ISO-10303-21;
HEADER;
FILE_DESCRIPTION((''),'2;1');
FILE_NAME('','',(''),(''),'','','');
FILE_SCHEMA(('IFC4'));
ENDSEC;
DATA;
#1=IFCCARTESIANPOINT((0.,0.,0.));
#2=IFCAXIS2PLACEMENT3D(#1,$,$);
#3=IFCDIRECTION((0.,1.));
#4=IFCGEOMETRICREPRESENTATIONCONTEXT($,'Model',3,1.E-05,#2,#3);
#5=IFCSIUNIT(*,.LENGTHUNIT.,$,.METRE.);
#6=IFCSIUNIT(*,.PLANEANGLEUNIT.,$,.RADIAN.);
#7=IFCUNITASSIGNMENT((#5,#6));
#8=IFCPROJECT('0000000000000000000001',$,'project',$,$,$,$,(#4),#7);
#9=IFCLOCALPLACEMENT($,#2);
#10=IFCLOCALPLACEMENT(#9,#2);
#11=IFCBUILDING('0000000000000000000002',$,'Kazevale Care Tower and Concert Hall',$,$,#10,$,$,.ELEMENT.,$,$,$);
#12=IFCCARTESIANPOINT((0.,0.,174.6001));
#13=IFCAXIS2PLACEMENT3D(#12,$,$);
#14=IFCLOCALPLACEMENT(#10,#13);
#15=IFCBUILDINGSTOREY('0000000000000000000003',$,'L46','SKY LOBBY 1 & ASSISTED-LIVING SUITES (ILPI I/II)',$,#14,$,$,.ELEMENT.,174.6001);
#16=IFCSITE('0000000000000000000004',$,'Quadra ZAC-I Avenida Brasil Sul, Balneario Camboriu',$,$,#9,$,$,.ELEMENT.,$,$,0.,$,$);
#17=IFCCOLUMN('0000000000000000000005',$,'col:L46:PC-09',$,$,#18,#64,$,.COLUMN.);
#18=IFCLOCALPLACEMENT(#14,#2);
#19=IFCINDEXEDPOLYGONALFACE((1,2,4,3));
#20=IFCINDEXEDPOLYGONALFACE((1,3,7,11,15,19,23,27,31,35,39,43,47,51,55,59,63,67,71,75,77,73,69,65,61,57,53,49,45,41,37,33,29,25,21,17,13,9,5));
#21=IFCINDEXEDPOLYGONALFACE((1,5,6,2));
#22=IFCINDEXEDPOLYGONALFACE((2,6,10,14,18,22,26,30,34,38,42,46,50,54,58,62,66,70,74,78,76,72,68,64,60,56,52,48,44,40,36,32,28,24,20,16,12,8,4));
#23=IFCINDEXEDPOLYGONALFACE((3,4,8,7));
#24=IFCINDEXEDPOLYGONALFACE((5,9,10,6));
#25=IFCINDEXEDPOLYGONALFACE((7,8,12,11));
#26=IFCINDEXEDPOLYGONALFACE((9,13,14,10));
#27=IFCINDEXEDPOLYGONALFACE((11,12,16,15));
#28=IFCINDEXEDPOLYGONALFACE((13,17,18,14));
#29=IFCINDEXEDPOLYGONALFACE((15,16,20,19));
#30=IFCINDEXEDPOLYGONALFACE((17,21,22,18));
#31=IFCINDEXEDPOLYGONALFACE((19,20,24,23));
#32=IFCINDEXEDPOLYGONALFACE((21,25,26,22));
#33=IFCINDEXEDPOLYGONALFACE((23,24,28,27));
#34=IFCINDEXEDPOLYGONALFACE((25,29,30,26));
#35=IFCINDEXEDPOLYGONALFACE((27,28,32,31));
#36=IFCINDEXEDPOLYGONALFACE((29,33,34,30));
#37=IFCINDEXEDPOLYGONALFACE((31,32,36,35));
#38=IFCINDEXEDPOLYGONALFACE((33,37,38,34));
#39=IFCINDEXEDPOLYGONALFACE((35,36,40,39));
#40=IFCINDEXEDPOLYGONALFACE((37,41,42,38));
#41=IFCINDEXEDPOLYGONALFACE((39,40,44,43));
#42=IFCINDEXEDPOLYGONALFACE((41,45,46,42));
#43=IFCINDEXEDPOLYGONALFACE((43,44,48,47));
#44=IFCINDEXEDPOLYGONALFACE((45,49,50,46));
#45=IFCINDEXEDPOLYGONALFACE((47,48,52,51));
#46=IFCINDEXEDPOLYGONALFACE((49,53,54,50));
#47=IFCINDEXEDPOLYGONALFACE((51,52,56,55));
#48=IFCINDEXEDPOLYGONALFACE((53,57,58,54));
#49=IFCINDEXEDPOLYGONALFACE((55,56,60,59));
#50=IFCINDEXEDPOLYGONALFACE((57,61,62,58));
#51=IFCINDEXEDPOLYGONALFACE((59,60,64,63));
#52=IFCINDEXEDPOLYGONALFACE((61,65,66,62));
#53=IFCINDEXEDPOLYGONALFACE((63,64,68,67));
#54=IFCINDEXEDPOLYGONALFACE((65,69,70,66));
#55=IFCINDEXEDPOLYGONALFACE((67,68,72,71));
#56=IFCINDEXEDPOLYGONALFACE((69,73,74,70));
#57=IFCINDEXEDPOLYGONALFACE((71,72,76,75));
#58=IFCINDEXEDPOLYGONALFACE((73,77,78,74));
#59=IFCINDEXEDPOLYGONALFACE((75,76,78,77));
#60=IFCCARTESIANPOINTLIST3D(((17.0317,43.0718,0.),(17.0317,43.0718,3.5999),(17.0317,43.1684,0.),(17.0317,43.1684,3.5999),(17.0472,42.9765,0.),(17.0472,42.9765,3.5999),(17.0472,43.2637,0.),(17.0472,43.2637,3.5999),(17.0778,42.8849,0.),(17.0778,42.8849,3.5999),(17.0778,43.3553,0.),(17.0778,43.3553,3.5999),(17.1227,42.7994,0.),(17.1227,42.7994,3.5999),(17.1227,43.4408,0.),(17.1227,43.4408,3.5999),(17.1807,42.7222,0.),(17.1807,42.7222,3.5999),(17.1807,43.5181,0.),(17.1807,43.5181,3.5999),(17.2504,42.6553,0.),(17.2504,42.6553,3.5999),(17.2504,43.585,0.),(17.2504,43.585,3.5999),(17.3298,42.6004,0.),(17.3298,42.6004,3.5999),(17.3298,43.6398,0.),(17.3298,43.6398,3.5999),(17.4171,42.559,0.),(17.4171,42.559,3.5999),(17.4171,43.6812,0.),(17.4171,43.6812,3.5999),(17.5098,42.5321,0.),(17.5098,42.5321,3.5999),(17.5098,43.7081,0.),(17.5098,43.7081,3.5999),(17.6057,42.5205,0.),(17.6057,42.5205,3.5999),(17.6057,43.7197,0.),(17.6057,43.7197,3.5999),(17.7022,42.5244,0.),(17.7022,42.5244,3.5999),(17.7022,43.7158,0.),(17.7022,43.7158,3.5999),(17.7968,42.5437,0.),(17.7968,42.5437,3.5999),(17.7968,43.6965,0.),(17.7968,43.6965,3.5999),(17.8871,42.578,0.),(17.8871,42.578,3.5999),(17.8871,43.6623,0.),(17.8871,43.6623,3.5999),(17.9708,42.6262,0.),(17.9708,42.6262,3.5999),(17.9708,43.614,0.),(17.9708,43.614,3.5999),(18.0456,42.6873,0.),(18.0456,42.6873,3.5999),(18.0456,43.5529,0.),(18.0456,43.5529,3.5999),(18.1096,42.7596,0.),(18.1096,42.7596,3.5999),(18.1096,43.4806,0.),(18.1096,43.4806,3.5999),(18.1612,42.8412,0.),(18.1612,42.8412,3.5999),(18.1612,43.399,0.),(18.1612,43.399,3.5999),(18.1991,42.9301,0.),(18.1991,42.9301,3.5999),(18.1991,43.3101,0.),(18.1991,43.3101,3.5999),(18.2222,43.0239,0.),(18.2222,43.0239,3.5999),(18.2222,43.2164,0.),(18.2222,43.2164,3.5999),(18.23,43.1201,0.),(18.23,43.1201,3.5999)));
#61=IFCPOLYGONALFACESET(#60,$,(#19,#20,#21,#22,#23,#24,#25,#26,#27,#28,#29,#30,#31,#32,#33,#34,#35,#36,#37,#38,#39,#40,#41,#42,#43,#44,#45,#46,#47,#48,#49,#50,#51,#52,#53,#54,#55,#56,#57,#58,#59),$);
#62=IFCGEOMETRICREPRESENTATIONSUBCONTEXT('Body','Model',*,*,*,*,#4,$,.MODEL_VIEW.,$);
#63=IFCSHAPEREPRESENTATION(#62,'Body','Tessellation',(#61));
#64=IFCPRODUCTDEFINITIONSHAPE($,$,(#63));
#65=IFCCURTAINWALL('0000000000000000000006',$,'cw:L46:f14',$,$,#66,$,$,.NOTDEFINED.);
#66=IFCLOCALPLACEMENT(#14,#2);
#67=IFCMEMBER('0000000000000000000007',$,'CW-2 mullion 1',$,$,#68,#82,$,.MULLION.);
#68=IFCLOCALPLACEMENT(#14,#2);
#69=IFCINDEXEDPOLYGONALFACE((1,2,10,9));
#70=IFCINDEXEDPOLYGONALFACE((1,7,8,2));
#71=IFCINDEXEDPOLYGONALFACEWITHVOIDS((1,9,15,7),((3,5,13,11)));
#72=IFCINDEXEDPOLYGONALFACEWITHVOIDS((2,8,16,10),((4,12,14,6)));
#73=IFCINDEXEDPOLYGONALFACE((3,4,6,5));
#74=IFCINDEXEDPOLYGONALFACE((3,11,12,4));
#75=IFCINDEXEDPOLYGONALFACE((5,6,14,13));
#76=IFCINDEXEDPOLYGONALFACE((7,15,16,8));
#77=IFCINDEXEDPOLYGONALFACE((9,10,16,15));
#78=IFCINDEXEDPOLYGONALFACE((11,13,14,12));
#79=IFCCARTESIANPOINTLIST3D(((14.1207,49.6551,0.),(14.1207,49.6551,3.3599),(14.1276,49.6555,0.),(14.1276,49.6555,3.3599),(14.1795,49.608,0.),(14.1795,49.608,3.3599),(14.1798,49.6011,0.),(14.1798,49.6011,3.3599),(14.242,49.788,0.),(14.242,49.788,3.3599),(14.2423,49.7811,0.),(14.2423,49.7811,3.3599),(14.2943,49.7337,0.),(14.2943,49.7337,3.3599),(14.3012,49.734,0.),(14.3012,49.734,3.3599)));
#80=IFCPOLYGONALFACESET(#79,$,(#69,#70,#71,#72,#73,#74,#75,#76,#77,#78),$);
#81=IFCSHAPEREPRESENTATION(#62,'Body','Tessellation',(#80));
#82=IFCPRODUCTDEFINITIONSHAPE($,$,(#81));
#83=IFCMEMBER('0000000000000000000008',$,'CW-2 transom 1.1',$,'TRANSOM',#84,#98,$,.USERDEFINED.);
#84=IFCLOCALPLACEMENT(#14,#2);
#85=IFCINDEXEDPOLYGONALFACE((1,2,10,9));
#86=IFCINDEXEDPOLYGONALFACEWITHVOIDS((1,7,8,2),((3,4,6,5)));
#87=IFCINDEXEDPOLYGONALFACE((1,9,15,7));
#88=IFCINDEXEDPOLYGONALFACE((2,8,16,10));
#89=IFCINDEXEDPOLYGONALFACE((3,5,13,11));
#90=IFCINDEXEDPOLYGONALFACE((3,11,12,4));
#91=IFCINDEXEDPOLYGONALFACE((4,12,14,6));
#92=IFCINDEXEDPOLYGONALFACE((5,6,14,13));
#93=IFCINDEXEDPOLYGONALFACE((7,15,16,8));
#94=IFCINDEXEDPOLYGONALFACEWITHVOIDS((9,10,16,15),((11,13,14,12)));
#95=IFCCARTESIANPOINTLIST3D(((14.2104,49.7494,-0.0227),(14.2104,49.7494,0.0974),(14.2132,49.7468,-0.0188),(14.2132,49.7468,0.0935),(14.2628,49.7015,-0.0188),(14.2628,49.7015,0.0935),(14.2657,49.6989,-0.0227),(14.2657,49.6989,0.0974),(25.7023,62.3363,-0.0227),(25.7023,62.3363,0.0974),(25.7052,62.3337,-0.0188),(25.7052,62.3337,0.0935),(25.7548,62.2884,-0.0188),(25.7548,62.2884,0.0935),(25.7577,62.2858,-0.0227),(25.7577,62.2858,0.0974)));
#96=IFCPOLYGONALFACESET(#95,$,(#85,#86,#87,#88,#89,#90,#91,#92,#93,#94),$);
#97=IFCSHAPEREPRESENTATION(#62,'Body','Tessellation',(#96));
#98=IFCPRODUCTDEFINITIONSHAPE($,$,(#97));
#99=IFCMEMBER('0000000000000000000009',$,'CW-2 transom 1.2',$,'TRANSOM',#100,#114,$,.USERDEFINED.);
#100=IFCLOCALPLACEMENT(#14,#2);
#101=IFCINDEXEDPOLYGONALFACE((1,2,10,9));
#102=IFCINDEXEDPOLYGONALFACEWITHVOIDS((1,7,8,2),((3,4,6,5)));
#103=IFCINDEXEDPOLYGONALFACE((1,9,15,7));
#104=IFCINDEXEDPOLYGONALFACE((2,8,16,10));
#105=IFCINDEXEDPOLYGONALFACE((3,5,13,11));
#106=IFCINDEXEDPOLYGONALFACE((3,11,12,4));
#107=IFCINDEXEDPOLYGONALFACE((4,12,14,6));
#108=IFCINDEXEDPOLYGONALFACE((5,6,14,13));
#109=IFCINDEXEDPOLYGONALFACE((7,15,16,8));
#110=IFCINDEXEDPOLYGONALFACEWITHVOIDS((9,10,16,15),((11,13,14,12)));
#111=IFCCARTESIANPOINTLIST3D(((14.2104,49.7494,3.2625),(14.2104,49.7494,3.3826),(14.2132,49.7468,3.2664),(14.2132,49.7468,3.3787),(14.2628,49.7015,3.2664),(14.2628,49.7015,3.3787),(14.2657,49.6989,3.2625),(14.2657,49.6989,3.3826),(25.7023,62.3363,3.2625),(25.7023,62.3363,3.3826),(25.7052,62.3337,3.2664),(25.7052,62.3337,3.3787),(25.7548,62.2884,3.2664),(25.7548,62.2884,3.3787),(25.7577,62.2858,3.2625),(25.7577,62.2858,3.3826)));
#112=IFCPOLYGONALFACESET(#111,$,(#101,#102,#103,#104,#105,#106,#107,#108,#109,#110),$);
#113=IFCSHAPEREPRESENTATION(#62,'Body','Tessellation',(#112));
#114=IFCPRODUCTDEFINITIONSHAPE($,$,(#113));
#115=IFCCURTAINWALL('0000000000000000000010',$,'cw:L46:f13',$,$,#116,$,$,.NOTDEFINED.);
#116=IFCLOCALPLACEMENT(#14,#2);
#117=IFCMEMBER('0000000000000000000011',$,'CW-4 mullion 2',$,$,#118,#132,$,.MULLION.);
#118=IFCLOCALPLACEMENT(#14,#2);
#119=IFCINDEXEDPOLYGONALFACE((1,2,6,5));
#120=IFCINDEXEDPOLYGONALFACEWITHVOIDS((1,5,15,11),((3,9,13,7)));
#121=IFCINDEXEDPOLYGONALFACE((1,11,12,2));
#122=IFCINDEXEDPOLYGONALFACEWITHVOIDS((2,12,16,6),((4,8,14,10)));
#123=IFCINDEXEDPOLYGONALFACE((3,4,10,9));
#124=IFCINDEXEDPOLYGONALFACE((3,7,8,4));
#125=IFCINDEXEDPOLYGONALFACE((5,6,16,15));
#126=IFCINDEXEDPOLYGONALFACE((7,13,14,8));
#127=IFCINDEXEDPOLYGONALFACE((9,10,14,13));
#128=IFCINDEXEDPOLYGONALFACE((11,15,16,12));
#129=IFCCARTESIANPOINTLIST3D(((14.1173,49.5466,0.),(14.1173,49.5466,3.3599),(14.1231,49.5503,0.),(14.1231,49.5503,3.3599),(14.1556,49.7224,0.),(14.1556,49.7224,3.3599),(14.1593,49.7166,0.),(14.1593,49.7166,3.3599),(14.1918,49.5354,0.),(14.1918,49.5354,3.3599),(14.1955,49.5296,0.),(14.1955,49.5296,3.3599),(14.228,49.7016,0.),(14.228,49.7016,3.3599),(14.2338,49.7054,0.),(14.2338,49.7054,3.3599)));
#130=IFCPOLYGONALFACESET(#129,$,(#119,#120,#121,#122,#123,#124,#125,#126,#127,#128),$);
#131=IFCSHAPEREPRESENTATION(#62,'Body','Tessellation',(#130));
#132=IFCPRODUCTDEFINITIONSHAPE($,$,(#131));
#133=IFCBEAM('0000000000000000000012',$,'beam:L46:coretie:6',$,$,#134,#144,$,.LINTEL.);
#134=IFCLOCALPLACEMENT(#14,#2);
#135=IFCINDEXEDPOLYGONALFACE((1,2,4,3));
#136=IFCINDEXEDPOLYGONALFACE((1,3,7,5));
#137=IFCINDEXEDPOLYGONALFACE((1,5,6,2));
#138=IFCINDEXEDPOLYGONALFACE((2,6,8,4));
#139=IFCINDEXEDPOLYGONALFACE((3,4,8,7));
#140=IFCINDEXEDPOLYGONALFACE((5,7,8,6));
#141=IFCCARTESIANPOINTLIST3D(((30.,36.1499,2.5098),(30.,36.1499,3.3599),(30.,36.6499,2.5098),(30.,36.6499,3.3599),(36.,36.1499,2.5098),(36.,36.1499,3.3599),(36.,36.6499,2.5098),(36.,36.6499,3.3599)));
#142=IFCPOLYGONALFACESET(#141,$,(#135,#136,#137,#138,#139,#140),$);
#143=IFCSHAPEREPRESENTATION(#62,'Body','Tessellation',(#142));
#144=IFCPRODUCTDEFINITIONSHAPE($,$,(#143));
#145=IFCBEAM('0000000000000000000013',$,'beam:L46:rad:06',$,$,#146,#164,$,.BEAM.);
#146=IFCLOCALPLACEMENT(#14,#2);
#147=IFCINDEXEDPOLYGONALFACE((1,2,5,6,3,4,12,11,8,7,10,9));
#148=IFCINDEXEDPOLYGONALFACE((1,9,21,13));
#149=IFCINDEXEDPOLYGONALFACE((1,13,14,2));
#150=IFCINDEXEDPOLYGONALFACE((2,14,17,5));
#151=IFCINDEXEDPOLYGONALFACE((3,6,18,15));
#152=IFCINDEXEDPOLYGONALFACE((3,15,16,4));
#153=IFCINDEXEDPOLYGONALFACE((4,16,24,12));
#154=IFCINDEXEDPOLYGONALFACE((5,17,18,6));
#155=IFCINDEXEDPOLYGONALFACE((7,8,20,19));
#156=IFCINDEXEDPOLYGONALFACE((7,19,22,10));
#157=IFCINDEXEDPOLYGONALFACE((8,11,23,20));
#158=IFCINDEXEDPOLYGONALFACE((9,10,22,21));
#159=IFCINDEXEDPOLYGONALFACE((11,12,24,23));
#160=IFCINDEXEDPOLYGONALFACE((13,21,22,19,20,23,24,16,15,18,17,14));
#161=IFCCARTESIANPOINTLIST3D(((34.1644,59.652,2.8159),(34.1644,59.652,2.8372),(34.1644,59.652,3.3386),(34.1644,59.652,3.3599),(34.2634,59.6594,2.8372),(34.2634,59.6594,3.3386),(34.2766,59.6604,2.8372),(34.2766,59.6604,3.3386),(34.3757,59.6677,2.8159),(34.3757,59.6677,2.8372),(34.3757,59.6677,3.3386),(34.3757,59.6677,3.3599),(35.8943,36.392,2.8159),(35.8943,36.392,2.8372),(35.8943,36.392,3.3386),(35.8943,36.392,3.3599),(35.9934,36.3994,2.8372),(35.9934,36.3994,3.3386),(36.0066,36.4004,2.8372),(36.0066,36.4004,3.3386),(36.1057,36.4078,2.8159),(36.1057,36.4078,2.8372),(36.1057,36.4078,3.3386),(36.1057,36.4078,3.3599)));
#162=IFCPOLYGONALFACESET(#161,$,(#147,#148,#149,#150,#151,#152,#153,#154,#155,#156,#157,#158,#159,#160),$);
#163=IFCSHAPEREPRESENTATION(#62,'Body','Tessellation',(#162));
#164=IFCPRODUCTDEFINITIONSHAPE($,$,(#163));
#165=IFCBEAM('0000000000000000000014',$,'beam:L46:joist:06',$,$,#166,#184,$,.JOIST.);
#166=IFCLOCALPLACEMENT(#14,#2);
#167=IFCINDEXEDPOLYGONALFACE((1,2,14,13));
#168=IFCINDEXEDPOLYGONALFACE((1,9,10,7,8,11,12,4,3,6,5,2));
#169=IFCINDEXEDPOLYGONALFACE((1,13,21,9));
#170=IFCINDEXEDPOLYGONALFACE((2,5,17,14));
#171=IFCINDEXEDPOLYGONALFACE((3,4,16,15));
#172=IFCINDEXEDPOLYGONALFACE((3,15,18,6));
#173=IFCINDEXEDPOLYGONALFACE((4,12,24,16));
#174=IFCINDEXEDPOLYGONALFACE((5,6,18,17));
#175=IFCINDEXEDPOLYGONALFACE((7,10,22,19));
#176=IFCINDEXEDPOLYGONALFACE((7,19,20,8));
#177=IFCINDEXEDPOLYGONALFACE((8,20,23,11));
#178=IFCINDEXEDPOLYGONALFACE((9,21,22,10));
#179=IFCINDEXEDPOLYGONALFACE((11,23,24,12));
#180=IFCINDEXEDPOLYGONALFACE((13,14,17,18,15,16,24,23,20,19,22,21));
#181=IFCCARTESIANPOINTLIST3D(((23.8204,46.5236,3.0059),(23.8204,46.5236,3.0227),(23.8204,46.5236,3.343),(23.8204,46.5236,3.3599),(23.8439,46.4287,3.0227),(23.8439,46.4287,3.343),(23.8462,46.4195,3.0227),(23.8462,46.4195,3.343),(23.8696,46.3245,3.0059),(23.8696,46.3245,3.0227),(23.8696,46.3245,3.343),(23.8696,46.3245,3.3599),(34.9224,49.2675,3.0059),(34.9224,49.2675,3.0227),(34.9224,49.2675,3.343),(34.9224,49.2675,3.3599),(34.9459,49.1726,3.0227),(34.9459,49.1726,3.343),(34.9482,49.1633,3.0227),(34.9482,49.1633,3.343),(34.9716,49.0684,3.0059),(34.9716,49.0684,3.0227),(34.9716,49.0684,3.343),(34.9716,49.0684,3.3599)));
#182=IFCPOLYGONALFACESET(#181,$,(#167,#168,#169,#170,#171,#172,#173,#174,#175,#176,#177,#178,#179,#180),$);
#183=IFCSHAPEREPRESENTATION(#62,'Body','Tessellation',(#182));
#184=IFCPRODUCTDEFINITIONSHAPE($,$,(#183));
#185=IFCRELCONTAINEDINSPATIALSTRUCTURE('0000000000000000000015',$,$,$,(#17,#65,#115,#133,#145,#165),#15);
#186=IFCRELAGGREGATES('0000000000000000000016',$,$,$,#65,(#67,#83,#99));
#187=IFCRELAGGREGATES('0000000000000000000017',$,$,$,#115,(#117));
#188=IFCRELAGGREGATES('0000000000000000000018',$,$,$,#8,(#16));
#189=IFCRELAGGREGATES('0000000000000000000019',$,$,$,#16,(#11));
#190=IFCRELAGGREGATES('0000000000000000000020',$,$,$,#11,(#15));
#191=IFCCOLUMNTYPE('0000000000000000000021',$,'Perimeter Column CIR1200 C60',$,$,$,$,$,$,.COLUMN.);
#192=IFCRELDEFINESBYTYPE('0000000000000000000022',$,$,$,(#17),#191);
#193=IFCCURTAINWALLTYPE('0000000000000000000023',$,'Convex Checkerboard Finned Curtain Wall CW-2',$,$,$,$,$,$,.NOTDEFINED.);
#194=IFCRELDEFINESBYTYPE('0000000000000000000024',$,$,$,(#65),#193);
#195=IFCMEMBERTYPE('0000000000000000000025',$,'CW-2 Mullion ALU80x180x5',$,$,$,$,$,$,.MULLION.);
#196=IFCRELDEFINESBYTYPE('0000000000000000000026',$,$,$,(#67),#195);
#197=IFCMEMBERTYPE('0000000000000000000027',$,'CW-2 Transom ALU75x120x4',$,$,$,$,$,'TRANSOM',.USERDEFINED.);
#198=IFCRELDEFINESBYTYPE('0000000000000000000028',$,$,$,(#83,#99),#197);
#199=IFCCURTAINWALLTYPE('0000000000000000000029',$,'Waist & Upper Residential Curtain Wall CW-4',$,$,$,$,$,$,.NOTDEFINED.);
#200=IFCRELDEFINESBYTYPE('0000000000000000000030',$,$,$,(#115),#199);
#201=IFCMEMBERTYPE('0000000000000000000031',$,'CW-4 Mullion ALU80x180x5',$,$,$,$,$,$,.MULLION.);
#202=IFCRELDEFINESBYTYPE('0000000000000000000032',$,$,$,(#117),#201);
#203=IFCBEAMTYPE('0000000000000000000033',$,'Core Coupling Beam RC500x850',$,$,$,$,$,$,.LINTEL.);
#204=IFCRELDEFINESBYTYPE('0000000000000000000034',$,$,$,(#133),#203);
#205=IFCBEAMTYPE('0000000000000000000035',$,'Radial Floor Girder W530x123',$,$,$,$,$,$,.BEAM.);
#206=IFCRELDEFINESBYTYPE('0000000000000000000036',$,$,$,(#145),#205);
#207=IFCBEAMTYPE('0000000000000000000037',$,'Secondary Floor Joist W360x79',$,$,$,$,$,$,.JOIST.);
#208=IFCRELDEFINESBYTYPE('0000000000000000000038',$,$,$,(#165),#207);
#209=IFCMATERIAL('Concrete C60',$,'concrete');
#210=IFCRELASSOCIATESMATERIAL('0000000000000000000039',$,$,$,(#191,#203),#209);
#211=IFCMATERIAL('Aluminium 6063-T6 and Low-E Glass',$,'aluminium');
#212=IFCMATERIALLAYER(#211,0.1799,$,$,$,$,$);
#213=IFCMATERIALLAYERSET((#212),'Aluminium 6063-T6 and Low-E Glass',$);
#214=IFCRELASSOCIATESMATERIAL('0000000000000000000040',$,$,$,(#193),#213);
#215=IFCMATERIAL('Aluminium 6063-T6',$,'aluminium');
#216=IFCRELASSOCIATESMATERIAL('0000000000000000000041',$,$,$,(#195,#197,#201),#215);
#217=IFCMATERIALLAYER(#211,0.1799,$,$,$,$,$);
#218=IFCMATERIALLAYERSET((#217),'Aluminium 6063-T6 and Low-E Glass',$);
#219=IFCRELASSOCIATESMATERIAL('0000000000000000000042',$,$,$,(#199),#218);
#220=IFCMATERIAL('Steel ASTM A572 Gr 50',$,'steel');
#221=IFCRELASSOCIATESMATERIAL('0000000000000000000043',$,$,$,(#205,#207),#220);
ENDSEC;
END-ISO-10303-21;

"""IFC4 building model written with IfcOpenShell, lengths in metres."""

from ifc_helpers import new_model, si_unit, direction, frame, origin, origin_2d, place, context, subcontext, project, spatial, rectangle, hollow_rectangle, circle, i_section, extrude, material, layer, layer_set, material_profile, profile_set, type_object, element, aggregate, save


model = new_model("IFC4")

# Units and contexts
model_context = context("Model", 3, precision=1e-05, world=origin(), true_north=direction((0.0, 1.0)))
body_context = subcontext(model_context, "Body", "Model", "MODEL_VIEW")
ifc_project = project(units=[si_unit("LENGTHUNIT", "METRE"), si_unit("PLANEANGLEUNIT", "RADIAN")], contexts=[model_context])

# Site, building, storey
site_placement = place(None, origin())
site = spatial("IfcSite", under=ifc_project, at=site_placement, Name="Quadra ZAC-I Avenida Brasil Sul, Balneario Camboriu", CompositionType="ELEMENT", RefElevation=0.0)
building_placement = place(site_placement, origin())
building = spatial("IfcBuilding", under=site, at=building_placement, Name="Kazevale Care Tower and Concert Hall", CompositionType="ELEMENT")
storey_placement = place(building_placement, frame((0.0, 0.0, 174.6001)))
storey = spatial("IfcBuildingStorey", under=building, at=storey_placement, Name="L46", Description="SKY LOBBY 1 & ASSISTED-LIVING SUITES (ILPI I/II)", CompositionType="ELEMENT", Elevation=174.6001)

# Column
ifc_material_1 = material(Name="Concrete C60", Category="concrete")
ifc_material_profile_1 = material_profile(ifc_material_1, circle(Radius=0.6001, at=origin_2d()), Name="RC-CIR1200")
ifc_profile_set_1 = profile_set([ifc_material_profile_1], Name="Concrete C60")
column_type = type_object("IfcColumnType", Name="Perimeter Column CIR1200 C60", PredefinedType="COLUMN", material=ifc_profile_set_1)
column_placement = place(storey_placement, frame((17.6299, 43.1201, 0.0), z_axis=(0.0, 0.0, 1.0), x_axis=(1.0, 0.0, 0.0)))
element("IfcColumn", 1, at=column_placement, inside=storey, type_object=column_type, Name="col:L46:PC-09", PredefinedType="COLUMN", context=body_context, shape_type="SweptSolid", body=[
    extrude(circle(Radius=0.6001, at=origin_2d()), origin(), (0.0, 0.0, 1.0), 3.5999),
])

# Curtain wall, members
ifc_material_2 = material(Name="Aluminium 6063-T6 and Low-E Glass", Category="aluminium")
ifc_layer_1 = layer(ifc_material_2, 0.1799)
ifc_layer_set_1 = layer_set([ifc_layer_1], Name="Aluminium 6063-T6 and Low-E Glass")
curtain_wall_type_1 = type_object("IfcCurtainWallType", Name="Convex Checkerboard Finned Curtain Wall CW-2", PredefinedType="NOTDEFINED", material=ifc_layer_set_1)
curtain_wall_1_placement = place(storey_placement, origin())
curtain_wall_1 = element("IfcCurtainWall", 2, at=curtain_wall_1_placement, inside=storey, type_object=curtain_wall_type_1, Name="cw:L46:f14", PredefinedType="NOTDEFINED")
ifc_material_3 = material(Name="Aluminium 6063-T6", Category="aluminium")
ifc_material_profile_2 = material_profile(ifc_material_3, hollow_rectangle(XDim=0.0801, YDim=0.1799, WallThickness=0.0049, at=origin_2d()), Name="ALU80x180x5")
ifc_profile_set_2 = profile_set([ifc_material_profile_2], Name="Aluminium 6063-T6")
member_type_1 = type_object("IfcMemberType", Name="CW-2 Mullion ALU80x180x5", PredefinedType="MULLION", material=ifc_profile_set_2)
member_1_placement = place(storey_placement, frame((14.2109, 49.6946, 0.0), z_axis=(0.0, 0.0, 1.0), x_axis=(-0.738492, 0.674262, 0.0)))
member_1 = element("IfcMember", 3, at=member_1_placement, type_object=member_type_1, Name="CW-2 mullion 1", PredefinedType="MULLION", context=body_context, shape_type="SweptSolid", body=[
    extrude(hollow_rectangle(XDim=0.0801, YDim=0.1799, WallThickness=0.0049, at=origin_2d()), origin(), (0.0, 0.0, 1.0), 3.3599),
])
ifc_material_profile_3 = material_profile(ifc_material_3, hollow_rectangle(XDim=0.075, YDim=0.1201, WallThickness=0.0039, at=origin_2d()), Name="ALU75x120x4")
ifc_profile_set_3 = profile_set([ifc_material_profile_3], Name="Aluminium 6063-T6")
member_type_2 = type_object("IfcMemberType", Name="CW-2 Transom ALU75x120x4", ElementType="TRANSOM", PredefinedType="USERDEFINED", material=ifc_profile_set_3)
member_2_placement = place(storey_placement, frame((14.238, 49.7241, 0.0374), z_axis=(0.674255, 0.738499, 0.0), x_axis=(-0.738499, 0.674255, 0.0)))
member_2 = element("IfcMember", 4, at=member_2_placement, type_object=member_type_2, Name="CW-2 transom 1.1", ObjectType="TRANSOM", PredefinedType="USERDEFINED", context=body_context, shape_type="SweptSolid", body=[
    extrude(hollow_rectangle(XDim=0.075, YDim=0.1201, WallThickness=0.0039, at=origin_2d()), origin(), (0.0, 0.0, 1.0), 17.0439),
])
member_3_placement = place(storey_placement, frame((14.238, 49.7241, 3.3225), z_axis=(0.674255, 0.738499, 0.0), x_axis=(-0.738499, 0.674255, 0.0)))
member_3 = element("IfcMember", 5, at=member_3_placement, type_object=member_type_2, Name="CW-2 transom 1.2", ObjectType="TRANSOM", PredefinedType="USERDEFINED", context=body_context, shape_type="SweptSolid", body=[
    extrude(hollow_rectangle(XDim=0.075, YDim=0.1201, WallThickness=0.0039, at=origin_2d()), origin(), (0.0, 0.0, 1.0), 17.0439),
])
aggregate(curtain_wall_1, [member_1, member_2, member_3])

# Curtain wall, member
ifc_layer_2 = layer(ifc_material_2, 0.1799)
ifc_layer_set_2 = layer_set([ifc_layer_2], Name="Aluminium 6063-T6 and Low-E Glass")
curtain_wall_type_2 = type_object("IfcCurtainWallType", Name="Waist & Upper Residential Curtain Wall CW-4", PredefinedType="NOTDEFINED", material=ifc_layer_set_2)
curtain_wall_2_placement = place(storey_placement, origin())
curtain_wall_2 = element("IfcCurtainWall", 6, at=curtain_wall_2_placement, inside=storey, type_object=curtain_wall_type_2, Name="cw:L46:f13", PredefinedType="NOTDEFINED")
ifc_material_profile_4 = material_profile(ifc_material_3, hollow_rectangle(XDim=0.0801, YDim=0.1799, WallThickness=0.0049, at=origin_2d()), Name="ALU80x180x5")
ifc_profile_set_4 = profile_set([ifc_material_profile_4], Name="Aluminium 6063-T6")
member_type_3 = type_object("IfcMemberType", Name="CW-4 Mullion ALU80x180x5", PredefinedType="MULLION", material=ifc_profile_set_4)
member_4_placement = place(storey_placement, frame((14.1755, 49.626, 0.0), z_axis=(0.0, 0.0, 1.0), x_axis=(-0.977091, 0.212823, 0.0)))
member_4 = element("IfcMember", 7, at=member_4_placement, type_object=member_type_3, Name="CW-4 mullion 2", PredefinedType="MULLION", context=body_context, shape_type="SweptSolid", body=[
    extrude(hollow_rectangle(XDim=0.0801, YDim=0.1799, WallThickness=0.0049, at=origin_2d()), origin(), (0.0, 0.0, 1.0), 3.3599),
])

# Beams
ifc_material_profile_5 = material_profile(ifc_material_1, rectangle(XDim=0.5, YDim=0.8501, at=origin_2d()), Name="RC-B500x850")
ifc_profile_set_5 = profile_set([ifc_material_profile_5], Name="Concrete C60")
beam_type_1 = type_object("IfcBeamType", Name="Core Coupling Beam RC500x850", PredefinedType="LINTEL", material=ifc_profile_set_5)
beam_1_placement = place(storey_placement, frame((36.0, 36.3999, 2.9348), z_axis=(-1.0, 0.0, 0.0), x_axis=(0.0, -1.0, 0.0)))
element("IfcBeam", 8, at=beam_1_placement, inside=storey, type_object=beam_type_1, Name="beam:L46:coretie:6", PredefinedType="LINTEL", context=body_context, shape_type="SweptSolid", body=[
    extrude(rectangle(XDim=0.5, YDim=0.8501, at=origin_2d()), origin(), (0.0, 0.0, 1.0), 6.0),
])
ifc_material_4 = material(Name="Steel ASTM A572 Gr 50", Category="steel")
ifc_material_profile_6 = material_profile(ifc_material_4, i_section(OverallWidth=0.2119, OverallDepth=0.5439, WebThickness=0.0132, FlangeThickness=0.0212, at=origin_2d()), Name="W530x123")
ifc_profile_set_6 = profile_set([ifc_material_profile_6], Name="Steel ASTM A572 Gr 50")
beam_type_2 = type_object("IfcBeamType", Name="Radial Floor Girder W530x123", PredefinedType="BEAM", material=ifc_profile_set_6)
beam_2_placement = place(storey_placement, frame((36.0, 36.3999, 3.0879), z_axis=(-0.074171, 0.997246, 0.0), x_axis=(-0.997246, -0.074171, 0.0)))
element("IfcBeam", 9, at=beam_2_placement, inside=storey, type_object=beam_type_2, Name="beam:L46:rad:06", PredefinedType="BEAM", context=body_context, shape_type="SweptSolid", body=[
    extrude(i_section(OverallWidth=0.2119, OverallDepth=0.5439, WebThickness=0.0132, FlangeThickness=0.0212, at=origin_2d()), origin(), (0.0, 0.0, 1.0), 23.3242),
])
ifc_material_profile_7 = material_profile(ifc_material_4, i_section(OverallWidth=0.2051, OverallDepth=0.354, WebThickness=0.0095, FlangeThickness=0.0168, at=origin_2d()), Name="W360x79")
ifc_profile_set_7 = profile_set([ifc_material_profile_7], Name="Steel ASTM A572 Gr 50")
beam_type_3 = type_object("IfcBeamType", Name="Secondary Floor Joist W360x79", PredefinedType="JOIST", material=ifc_profile_set_7)
beam_3_placement = place(storey_placement, frame((34.947, 49.168, 3.1829), z_axis=(-0.97079, -0.239933, 0.0), x_axis=(0.239933, -0.97079, 0.0)))
element("IfcBeam", 10, at=beam_3_placement, inside=storey, type_object=beam_type_3, Name="beam:L46:joist:06", PredefinedType="JOIST", context=body_context, shape_type="SweptSolid", body=[
    extrude(i_section(OverallWidth=0.2051, OverallDepth=0.354, WebThickness=0.0095, FlangeThickness=0.0168, at=origin_2d()), origin(), (0.0, 0.0, 1.0), 11.436),
])

aggregate(curtain_wall_2, [member_4])

save(model, "model.ifc")
